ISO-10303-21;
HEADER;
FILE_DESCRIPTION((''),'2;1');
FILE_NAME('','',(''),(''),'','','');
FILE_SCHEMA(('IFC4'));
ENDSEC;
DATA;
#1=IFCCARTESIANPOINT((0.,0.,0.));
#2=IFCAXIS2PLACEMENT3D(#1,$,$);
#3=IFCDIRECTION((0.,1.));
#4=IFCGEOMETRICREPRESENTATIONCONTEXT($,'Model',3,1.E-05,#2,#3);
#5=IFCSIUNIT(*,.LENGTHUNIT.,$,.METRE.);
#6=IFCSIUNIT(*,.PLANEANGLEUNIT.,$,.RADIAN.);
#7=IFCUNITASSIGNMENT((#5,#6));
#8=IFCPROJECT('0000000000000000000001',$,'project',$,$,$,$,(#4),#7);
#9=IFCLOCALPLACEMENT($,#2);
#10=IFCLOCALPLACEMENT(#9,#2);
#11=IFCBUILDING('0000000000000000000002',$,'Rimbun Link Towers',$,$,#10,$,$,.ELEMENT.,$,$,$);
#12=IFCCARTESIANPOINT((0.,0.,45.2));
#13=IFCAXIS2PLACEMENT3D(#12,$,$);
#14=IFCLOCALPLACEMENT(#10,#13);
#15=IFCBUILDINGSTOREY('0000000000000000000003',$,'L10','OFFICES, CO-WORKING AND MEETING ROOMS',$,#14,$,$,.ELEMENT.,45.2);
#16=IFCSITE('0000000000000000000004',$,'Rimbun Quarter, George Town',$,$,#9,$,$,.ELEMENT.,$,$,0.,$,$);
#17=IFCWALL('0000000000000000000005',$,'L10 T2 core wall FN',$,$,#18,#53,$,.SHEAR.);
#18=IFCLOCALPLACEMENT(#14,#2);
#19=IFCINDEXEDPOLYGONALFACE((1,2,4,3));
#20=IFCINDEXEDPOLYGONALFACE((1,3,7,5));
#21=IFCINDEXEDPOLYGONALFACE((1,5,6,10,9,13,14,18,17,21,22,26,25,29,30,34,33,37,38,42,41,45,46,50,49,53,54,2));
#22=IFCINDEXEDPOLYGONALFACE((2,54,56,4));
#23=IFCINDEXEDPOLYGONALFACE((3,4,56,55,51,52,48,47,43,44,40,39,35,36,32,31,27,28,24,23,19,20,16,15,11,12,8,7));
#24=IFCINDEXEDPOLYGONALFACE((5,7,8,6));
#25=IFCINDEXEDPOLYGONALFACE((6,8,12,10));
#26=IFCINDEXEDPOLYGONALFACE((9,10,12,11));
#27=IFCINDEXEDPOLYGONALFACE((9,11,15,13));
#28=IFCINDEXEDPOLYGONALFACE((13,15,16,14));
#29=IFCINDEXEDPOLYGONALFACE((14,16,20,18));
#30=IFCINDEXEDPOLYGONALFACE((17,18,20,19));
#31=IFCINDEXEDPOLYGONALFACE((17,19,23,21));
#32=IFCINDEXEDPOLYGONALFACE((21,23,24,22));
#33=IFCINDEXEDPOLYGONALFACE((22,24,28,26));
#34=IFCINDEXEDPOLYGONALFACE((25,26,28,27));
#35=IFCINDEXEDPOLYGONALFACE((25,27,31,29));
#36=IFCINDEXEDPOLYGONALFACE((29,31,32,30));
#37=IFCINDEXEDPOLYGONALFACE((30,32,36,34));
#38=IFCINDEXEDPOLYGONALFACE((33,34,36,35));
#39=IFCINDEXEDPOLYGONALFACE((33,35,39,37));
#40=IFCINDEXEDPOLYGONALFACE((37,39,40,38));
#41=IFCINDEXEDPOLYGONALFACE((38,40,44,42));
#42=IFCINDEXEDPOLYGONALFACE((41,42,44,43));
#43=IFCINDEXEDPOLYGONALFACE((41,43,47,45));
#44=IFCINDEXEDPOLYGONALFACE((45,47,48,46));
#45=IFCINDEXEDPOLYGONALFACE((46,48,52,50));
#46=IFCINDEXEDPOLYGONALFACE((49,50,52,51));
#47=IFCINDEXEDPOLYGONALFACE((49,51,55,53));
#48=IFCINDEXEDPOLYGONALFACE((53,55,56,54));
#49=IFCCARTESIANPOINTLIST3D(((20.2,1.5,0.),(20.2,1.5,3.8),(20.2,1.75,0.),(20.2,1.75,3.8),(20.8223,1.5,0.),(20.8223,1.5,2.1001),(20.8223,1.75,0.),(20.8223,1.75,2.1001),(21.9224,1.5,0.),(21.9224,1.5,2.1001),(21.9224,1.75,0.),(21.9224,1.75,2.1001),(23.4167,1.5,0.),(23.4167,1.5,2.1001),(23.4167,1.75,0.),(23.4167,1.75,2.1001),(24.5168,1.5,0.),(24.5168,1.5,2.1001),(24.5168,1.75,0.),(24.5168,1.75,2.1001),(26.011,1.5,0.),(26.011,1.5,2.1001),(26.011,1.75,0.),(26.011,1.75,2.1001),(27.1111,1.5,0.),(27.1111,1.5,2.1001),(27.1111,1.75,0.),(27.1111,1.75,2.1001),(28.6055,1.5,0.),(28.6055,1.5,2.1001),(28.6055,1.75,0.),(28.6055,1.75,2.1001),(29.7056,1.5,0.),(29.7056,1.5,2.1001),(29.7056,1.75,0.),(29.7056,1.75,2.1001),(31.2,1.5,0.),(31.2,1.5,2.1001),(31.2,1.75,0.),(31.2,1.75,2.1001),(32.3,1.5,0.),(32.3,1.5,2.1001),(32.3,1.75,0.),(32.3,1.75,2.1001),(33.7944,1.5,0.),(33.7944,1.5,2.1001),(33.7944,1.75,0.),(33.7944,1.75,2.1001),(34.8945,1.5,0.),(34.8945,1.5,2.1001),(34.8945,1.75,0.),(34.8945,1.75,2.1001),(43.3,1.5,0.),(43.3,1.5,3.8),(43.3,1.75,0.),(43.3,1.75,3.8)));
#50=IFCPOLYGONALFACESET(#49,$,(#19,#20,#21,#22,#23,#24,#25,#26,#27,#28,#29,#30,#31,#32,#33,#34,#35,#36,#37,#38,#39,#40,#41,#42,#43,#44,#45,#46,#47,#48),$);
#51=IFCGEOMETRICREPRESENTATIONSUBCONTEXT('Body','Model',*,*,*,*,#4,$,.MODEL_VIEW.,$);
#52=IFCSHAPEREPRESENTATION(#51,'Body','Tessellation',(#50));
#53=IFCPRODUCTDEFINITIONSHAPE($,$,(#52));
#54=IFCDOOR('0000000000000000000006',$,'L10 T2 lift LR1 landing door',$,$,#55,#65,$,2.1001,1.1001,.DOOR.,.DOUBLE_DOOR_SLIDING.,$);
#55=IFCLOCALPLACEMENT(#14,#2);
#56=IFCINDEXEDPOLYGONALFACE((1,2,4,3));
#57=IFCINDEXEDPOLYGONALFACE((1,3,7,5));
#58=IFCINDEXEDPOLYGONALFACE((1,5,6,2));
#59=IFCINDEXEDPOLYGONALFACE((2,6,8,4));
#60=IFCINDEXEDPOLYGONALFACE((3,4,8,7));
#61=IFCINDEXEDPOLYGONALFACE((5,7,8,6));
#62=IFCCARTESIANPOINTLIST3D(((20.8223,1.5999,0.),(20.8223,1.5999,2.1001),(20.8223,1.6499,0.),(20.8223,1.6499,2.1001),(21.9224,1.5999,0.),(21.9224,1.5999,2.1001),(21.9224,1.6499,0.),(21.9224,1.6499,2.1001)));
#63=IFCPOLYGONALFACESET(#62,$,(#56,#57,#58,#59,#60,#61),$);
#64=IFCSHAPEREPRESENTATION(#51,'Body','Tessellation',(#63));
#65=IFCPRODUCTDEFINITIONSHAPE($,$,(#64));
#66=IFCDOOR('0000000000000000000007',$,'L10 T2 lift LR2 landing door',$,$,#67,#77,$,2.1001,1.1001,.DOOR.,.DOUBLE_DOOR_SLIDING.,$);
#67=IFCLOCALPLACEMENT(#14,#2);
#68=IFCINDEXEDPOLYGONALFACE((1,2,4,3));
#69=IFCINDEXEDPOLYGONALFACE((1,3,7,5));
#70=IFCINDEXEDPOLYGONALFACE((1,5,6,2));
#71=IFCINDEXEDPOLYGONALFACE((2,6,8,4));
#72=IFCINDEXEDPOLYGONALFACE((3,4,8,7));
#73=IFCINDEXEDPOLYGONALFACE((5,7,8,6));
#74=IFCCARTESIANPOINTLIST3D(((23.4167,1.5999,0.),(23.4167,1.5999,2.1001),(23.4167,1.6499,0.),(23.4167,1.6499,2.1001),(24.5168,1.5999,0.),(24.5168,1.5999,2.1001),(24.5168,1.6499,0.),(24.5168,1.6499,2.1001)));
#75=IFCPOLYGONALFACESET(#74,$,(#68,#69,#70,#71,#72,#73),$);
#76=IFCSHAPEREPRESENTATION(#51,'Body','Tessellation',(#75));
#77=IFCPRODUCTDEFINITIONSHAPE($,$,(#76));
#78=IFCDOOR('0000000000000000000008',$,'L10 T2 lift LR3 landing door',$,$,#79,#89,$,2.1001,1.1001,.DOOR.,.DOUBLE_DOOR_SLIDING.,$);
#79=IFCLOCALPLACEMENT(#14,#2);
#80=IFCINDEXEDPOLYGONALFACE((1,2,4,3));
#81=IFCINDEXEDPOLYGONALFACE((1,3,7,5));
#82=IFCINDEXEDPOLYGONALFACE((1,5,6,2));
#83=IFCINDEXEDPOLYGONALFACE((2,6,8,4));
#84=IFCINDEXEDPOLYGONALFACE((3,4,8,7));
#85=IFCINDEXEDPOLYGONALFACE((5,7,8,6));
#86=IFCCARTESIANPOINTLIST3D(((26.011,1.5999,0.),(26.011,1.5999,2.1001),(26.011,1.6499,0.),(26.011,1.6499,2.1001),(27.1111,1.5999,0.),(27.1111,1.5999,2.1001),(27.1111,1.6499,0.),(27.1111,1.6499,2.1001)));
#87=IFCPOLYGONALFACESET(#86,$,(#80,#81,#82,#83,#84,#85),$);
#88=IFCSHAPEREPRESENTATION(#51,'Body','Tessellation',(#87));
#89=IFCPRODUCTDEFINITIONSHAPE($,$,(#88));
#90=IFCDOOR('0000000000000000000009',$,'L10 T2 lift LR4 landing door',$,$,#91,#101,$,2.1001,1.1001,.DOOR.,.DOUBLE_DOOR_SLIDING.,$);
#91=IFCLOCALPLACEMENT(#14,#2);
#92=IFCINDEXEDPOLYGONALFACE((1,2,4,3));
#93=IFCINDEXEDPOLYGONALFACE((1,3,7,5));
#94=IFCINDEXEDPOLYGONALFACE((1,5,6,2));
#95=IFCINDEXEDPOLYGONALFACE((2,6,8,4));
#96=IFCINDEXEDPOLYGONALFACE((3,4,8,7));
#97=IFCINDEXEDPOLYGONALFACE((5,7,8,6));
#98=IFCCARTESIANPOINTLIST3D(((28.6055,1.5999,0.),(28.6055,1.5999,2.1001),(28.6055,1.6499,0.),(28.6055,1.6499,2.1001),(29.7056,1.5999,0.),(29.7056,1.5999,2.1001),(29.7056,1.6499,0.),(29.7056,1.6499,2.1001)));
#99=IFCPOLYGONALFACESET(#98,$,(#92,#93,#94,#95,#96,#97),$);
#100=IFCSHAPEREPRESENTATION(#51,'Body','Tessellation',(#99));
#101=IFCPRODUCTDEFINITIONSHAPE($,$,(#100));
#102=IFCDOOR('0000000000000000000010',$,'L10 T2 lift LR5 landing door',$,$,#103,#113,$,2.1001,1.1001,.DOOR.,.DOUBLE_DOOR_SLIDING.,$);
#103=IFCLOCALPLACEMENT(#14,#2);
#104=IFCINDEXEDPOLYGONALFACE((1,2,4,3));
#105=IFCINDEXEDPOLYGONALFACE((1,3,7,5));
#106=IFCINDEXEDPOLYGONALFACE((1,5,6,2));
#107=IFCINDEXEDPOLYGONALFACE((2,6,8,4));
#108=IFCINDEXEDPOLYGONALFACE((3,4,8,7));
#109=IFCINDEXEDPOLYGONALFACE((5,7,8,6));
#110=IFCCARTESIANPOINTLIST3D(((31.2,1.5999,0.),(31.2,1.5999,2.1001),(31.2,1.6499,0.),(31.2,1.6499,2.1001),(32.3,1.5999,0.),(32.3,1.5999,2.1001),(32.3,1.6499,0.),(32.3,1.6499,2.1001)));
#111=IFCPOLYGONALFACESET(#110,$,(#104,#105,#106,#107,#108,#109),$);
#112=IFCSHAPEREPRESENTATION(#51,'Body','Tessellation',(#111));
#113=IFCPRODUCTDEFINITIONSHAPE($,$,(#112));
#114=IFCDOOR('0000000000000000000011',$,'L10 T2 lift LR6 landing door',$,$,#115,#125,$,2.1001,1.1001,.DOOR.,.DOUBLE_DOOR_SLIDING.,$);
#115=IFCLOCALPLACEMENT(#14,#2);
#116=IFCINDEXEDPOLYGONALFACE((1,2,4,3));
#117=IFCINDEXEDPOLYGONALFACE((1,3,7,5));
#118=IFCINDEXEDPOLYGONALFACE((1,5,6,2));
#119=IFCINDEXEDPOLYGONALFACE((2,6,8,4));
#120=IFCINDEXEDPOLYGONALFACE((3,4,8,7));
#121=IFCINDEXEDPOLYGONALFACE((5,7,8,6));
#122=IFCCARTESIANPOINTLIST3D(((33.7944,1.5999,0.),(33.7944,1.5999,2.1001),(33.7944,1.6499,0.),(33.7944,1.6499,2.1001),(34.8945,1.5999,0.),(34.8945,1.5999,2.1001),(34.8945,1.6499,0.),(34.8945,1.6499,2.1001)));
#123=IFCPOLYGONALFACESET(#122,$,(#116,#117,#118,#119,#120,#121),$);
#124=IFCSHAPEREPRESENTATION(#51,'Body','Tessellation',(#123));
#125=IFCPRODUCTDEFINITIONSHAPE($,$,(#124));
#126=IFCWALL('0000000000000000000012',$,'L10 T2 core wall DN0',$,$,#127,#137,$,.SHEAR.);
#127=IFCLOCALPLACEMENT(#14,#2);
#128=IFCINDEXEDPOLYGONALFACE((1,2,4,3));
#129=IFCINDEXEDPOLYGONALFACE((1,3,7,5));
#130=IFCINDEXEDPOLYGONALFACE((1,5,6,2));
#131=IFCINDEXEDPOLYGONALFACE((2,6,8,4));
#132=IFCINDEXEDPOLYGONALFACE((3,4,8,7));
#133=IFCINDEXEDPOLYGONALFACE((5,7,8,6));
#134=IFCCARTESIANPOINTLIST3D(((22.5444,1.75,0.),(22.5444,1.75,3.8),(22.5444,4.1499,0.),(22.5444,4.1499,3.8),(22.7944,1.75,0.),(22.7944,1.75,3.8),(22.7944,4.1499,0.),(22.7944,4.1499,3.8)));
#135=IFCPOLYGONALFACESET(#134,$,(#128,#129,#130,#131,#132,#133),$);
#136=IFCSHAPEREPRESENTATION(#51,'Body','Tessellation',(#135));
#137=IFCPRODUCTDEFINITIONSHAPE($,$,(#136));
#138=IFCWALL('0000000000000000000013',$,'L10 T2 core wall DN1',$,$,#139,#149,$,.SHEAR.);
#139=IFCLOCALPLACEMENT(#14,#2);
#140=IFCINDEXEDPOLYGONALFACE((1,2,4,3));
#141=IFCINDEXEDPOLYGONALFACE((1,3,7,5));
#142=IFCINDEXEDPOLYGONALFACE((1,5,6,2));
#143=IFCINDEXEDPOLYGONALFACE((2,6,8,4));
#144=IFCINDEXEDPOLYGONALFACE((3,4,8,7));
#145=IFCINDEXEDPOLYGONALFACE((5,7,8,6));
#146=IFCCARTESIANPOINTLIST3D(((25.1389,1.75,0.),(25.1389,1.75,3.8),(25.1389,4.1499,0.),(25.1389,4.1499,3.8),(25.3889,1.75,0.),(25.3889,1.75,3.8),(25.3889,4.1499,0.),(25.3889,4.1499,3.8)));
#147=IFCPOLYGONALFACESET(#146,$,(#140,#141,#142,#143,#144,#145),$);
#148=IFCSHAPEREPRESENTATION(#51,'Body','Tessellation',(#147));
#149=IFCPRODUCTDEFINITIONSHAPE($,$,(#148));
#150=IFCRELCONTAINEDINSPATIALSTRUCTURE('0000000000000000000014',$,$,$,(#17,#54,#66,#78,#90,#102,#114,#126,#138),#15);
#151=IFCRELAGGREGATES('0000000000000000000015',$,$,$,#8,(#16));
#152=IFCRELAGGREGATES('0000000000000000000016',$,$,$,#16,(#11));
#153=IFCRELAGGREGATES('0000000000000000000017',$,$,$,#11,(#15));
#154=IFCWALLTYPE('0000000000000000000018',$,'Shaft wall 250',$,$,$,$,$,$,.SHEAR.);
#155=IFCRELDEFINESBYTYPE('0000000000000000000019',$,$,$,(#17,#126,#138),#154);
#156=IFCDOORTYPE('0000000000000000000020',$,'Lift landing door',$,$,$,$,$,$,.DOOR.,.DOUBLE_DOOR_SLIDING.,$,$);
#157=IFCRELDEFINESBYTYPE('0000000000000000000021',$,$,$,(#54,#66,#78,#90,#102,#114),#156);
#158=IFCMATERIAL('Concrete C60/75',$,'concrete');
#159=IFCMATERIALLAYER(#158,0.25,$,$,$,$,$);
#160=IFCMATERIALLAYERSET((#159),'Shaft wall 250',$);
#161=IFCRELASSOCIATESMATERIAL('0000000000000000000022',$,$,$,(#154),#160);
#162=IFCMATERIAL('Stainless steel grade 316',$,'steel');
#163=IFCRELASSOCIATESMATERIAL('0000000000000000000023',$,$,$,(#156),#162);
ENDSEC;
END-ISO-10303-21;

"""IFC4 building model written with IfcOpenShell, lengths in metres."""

from ifc_helpers import new_model, si_unit, direction, frame, frame_2d, origin, place, context, subcontext, project, spatial, rectangle, extrude, material, layer, layer_set, type_object, element, fill, save


model = new_model("IFC4")

# Units and contexts
model_context = context("Model", 3, precision=1e-05, world=origin(), true_north=direction((0.0, 1.0)))
body_context = subcontext(model_context, "Body", "Model", "MODEL_VIEW")
ifc_project = project(units=[si_unit("LENGTHUNIT", "METRE"), si_unit("PLANEANGLEUNIT", "RADIAN")], contexts=[model_context])

# Site, building, storey
site_placement = place(None, origin())
site = spatial("IfcSite", under=ifc_project, at=site_placement, Name="Rimbun Quarter, George Town", CompositionType="ELEMENT", RefElevation=0.0)
building_placement = place(site_placement, origin())
building = spatial("IfcBuilding", under=site, at=building_placement, Name="Rimbun Link Towers", CompositionType="ELEMENT")
storey_placement = place(building_placement, frame((0.0, 0.0, 45.2)))
storey = spatial("IfcBuildingStorey", under=building, at=storey_placement, Name="L10", Description="OFFICES, CO-WORKING AND MEETING ROOMS", CompositionType="ELEMENT", Elevation=45.2)

# Shared definitions
ifc_material_1 = material(Name="Concrete C60/75", Category="concrete")
ifc_layer = layer(ifc_material_1, 0.25)
ifc_layer_set = layer_set([ifc_layer], Name="Shaft wall 250")
wall_type = type_object("IfcWallType", Name="Shaft wall 250", PredefinedType="SHEAR", material=ifc_layer_set)

# Wall, openings, doors
wall_1_placement = place(storey_placement, frame((20.2, 1.625, 0.0), z_axis=(0.0, 0.0, 1.0), x_axis=(1.0, 0.0, 0.0)))
wall_1 = element("IfcWall", 1, at=wall_1_placement, inside=storey, type_object=wall_type, Name="L10 T2 core wall FN", PredefinedType="SHEAR", context=body_context, shape_type="SweptSolid", body=[
    extrude(rectangle(XDim=23.1001, YDim=0.25, at=frame_2d((11.55, 0.0))), origin(), (0.0, 0.0, 1.0), 3.8),
])
opening_1_placement = place(wall_1_placement, frame((0.6223, 0.0, 0.0)))
opening_1 = element("IfcOpeningElement", 2, at=opening_1_placement, cuts=wall_1, PredefinedType="OPENING", context=body_context, shape_type="SweptSolid", body=[
    extrude(rectangle(XDim=1.1001, YDim=2.1001, at=frame_2d((0.55, 1.05))), frame((0.0, 0.135, 0.0), z_axis=(0.0, -1.0, 0.0), x_axis=(1.0, 0.0, 0.0)), (0.0, 0.0, 1.0), 0.27),
])
opening_2_placement = place(wall_1_placement, frame((3.2168, 0.0, 0.0)))
opening_2 = element("IfcOpeningElement", 3, at=opening_2_placement, cuts=wall_1, PredefinedType="OPENING", context=body_context, shape_type="SweptSolid", body=[
    extrude(rectangle(XDim=1.1001, YDim=2.1001, at=frame_2d((0.55, 1.05))), frame((0.0, 0.135, 0.0), z_axis=(0.0, -1.0, 0.0), x_axis=(1.0, 0.0, 0.0)), (0.0, 0.0, 1.0), 0.27),
])
opening_3_placement = place(wall_1_placement, frame((5.811, 0.0, 0.0)))
opening_3 = element("IfcOpeningElement", 4, at=opening_3_placement, cuts=wall_1, PredefinedType="OPENING", context=body_context, shape_type="SweptSolid", body=[
    extrude(rectangle(XDim=1.1001, YDim=2.1001, at=frame_2d((0.55, 1.05))), frame((0.0, 0.135, 0.0), z_axis=(0.0, -1.0, 0.0), x_axis=(1.0, 0.0, 0.0)), (0.0, 0.0, 1.0), 0.27),
])
opening_4_placement = place(wall_1_placement, frame((8.4055, 0.0, 0.0)))
opening_4 = element("IfcOpeningElement", 5, at=opening_4_placement, cuts=wall_1, PredefinedType="OPENING", context=body_context, shape_type="SweptSolid", body=[
    extrude(rectangle(XDim=1.1001, YDim=2.1001, at=frame_2d((0.55, 1.05))), frame((0.0, 0.135, 0.0), z_axis=(0.0, -1.0, 0.0), x_axis=(1.0, 0.0, 0.0)), (0.0, 0.0, 1.0), 0.27),
])
opening_5_placement = place(wall_1_placement, frame((11.0, 0.0, 0.0)))
opening_5 = element("IfcOpeningElement", 6, at=opening_5_placement, cuts=wall_1, PredefinedType="OPENING", context=body_context, shape_type="SweptSolid", body=[
    extrude(rectangle(XDim=1.1001, YDim=2.1001, at=frame_2d((0.55, 1.05))), frame((0.0, 0.135, 0.0), z_axis=(0.0, -1.0, 0.0), x_axis=(1.0, 0.0, 0.0)), (0.0, 0.0, 1.0), 0.27),
])
opening_6_placement = place(wall_1_placement, frame((13.5945, 0.0, 0.0)))
opening_6 = element("IfcOpeningElement", 7, at=opening_6_placement, cuts=wall_1, PredefinedType="OPENING", context=body_context, shape_type="SweptSolid", body=[
    extrude(rectangle(XDim=1.1001, YDim=2.1001, at=frame_2d((0.55, 1.05))), frame((0.0, 0.135, 0.0), z_axis=(0.0, -1.0, 0.0), x_axis=(1.0, 0.0, 0.0)), (0.0, 0.0, 1.0), 0.27),
])
ifc_material_2 = material(Name="Stainless steel grade 316", Category="steel")
door_type = type_object("IfcDoorType", Name="Lift landing door", OperationType="DOUBLE_DOOR_SLIDING", PredefinedType="DOOR", material=ifc_material_2)
door_1_placement = place(opening_1_placement, origin())
door_1 = element("IfcDoor", 8, at=door_1_placement, inside=storey, type_object=door_type, Name="L10 T2 lift LR1 landing door", OperationType="DOUBLE_DOOR_SLIDING", OverallHeight=2.1001, OverallWidth=1.1001, PredefinedType="DOOR", context=body_context, shape_type="SweptSolid", body=[
    extrude(rectangle(XDim=1.1001, YDim=2.1001, at=frame_2d((0.55, 1.05))), frame((0.0, 0.0249, 0.0), z_axis=(0.0, -1.0, 0.0), x_axis=(1.0, 0.0, 0.0)), (0.0, 0.0, 1.0), 0.05),
])
fill(opening_1, door_1)
door_2_placement = place(opening_2_placement, origin())
door_2 = element("IfcDoor", 9, at=door_2_placement, inside=storey, type_object=door_type, Name="L10 T2 lift LR2 landing door", OperationType="DOUBLE_DOOR_SLIDING", OverallHeight=2.1001, OverallWidth=1.1001, PredefinedType="DOOR", context=body_context, shape_type="SweptSolid", body=[
    extrude(rectangle(XDim=1.1001, YDim=2.1001, at=frame_2d((0.55, 1.05))), frame((0.0, 0.0249, 0.0), z_axis=(0.0, -1.0, 0.0), x_axis=(1.0, 0.0, 0.0)), (0.0, 0.0, 1.0), 0.05),
])
fill(opening_2, door_2)
door_3_placement = place(opening_3_placement, origin())
door_3 = element("IfcDoor", 10, at=door_3_placement, inside=storey, type_object=door_type, Name="L10 T2 lift LR3 landing door", OperationType="DOUBLE_DOOR_SLIDING", OverallHeight=2.1001, OverallWidth=1.1001, PredefinedType="DOOR", context=body_context, shape_type="SweptSolid", body=[
    extrude(rectangle(XDim=1.1001, YDim=2.1001, at=frame_2d((0.55, 1.05))), frame((0.0, 0.0249, 0.0), z_axis=(0.0, -1.0, 0.0), x_axis=(1.0, 0.0, 0.0)), (0.0, 0.0, 1.0), 0.05),
])
fill(opening_3, door_3)
door_4_placement = place(opening_4_placement, origin())
door_4 = element("IfcDoor", 11, at=door_4_placement, inside=storey, type_object=door_type, Name="L10 T2 lift LR4 landing door", OperationType="DOUBLE_DOOR_SLIDING", OverallHeight=2.1001, OverallWidth=1.1001, PredefinedType="DOOR", context=body_context, shape_type="SweptSolid", body=[
    extrude(rectangle(XDim=1.1001, YDim=2.1001, at=frame_2d((0.55, 1.05))), frame((0.0, 0.0249, 0.0), z_axis=(0.0, -1.0, 0.0), x_axis=(1.0, 0.0, 0.0)), (0.0, 0.0, 1.0), 0.05),
])
fill(opening_4, door_4)
door_5_placement = place(opening_5_placement, origin())
door_5 = element("IfcDoor", 12, at=door_5_placement, inside=storey, type_object=door_type, Name="L10 T2 lift LR5 landing door", OperationType="DOUBLE_DOOR_SLIDING", OverallHeight=2.1001, OverallWidth=1.1001, PredefinedType="DOOR", context=body_context, shape_type="SweptSolid", body=[
    extrude(rectangle(XDim=1.1001, YDim=2.1001, at=frame_2d((0.55, 1.05))), frame((0.0, 0.0249, 0.0), z_axis=(0.0, -1.0, 0.0), x_axis=(1.0, 0.0, 0.0)), (0.0, 0.0, 1.0), 0.05),
])
fill(opening_5, door_5)
door_6_placement = place(opening_6_placement, origin())
door_6 = element("IfcDoor", 13, at=door_6_placement, inside=storey, type_object=door_type, Name="L10 T2 lift LR6 landing door", OperationType="DOUBLE_DOOR_SLIDING", OverallHeight=2.1001, OverallWidth=1.1001, PredefinedType="DOOR", context=body_context, shape_type="SweptSolid", body=[
    extrude(rectangle(XDim=1.1001, YDim=2.1001, at=frame_2d((0.55, 1.05))), frame((0.0, 0.0249, 0.0), z_axis=(0.0, -1.0, 0.0), x_axis=(1.0, 0.0, 0.0)), (0.0, 0.0, 1.0), 0.05),
])
fill(opening_6, door_6)

# Walls
for number, where, z_axis, x_axis, name in (
    (14, (22.6694, 1.75, 0.0), (0.0, 0.0, 1.0), (0.0, 1.0, 0.0), "L10 T2 core wall DN0"),
    (15, (25.2639, 1.75, 0.0), (0.0, 0.0, 1.0), (0.0, 1.0, 0.0), "L10 T2 core wall DN1"),
):
    element("IfcWall", number, at=place(storey_placement, frame(where, z_axis=z_axis, x_axis=x_axis)), inside=storey, type_object=wall_type, Name=name, PredefinedType="SHEAR", context=body_context, shape_type="SweptSolid", body=[
        extrude(rectangle(XDim=2.3999, YDim=0.25, at=frame_2d((1.2, 0.0))), origin(), (0.0, 0.0, 1.0), 3.8),
    ])

save(model, "model.ifc")
